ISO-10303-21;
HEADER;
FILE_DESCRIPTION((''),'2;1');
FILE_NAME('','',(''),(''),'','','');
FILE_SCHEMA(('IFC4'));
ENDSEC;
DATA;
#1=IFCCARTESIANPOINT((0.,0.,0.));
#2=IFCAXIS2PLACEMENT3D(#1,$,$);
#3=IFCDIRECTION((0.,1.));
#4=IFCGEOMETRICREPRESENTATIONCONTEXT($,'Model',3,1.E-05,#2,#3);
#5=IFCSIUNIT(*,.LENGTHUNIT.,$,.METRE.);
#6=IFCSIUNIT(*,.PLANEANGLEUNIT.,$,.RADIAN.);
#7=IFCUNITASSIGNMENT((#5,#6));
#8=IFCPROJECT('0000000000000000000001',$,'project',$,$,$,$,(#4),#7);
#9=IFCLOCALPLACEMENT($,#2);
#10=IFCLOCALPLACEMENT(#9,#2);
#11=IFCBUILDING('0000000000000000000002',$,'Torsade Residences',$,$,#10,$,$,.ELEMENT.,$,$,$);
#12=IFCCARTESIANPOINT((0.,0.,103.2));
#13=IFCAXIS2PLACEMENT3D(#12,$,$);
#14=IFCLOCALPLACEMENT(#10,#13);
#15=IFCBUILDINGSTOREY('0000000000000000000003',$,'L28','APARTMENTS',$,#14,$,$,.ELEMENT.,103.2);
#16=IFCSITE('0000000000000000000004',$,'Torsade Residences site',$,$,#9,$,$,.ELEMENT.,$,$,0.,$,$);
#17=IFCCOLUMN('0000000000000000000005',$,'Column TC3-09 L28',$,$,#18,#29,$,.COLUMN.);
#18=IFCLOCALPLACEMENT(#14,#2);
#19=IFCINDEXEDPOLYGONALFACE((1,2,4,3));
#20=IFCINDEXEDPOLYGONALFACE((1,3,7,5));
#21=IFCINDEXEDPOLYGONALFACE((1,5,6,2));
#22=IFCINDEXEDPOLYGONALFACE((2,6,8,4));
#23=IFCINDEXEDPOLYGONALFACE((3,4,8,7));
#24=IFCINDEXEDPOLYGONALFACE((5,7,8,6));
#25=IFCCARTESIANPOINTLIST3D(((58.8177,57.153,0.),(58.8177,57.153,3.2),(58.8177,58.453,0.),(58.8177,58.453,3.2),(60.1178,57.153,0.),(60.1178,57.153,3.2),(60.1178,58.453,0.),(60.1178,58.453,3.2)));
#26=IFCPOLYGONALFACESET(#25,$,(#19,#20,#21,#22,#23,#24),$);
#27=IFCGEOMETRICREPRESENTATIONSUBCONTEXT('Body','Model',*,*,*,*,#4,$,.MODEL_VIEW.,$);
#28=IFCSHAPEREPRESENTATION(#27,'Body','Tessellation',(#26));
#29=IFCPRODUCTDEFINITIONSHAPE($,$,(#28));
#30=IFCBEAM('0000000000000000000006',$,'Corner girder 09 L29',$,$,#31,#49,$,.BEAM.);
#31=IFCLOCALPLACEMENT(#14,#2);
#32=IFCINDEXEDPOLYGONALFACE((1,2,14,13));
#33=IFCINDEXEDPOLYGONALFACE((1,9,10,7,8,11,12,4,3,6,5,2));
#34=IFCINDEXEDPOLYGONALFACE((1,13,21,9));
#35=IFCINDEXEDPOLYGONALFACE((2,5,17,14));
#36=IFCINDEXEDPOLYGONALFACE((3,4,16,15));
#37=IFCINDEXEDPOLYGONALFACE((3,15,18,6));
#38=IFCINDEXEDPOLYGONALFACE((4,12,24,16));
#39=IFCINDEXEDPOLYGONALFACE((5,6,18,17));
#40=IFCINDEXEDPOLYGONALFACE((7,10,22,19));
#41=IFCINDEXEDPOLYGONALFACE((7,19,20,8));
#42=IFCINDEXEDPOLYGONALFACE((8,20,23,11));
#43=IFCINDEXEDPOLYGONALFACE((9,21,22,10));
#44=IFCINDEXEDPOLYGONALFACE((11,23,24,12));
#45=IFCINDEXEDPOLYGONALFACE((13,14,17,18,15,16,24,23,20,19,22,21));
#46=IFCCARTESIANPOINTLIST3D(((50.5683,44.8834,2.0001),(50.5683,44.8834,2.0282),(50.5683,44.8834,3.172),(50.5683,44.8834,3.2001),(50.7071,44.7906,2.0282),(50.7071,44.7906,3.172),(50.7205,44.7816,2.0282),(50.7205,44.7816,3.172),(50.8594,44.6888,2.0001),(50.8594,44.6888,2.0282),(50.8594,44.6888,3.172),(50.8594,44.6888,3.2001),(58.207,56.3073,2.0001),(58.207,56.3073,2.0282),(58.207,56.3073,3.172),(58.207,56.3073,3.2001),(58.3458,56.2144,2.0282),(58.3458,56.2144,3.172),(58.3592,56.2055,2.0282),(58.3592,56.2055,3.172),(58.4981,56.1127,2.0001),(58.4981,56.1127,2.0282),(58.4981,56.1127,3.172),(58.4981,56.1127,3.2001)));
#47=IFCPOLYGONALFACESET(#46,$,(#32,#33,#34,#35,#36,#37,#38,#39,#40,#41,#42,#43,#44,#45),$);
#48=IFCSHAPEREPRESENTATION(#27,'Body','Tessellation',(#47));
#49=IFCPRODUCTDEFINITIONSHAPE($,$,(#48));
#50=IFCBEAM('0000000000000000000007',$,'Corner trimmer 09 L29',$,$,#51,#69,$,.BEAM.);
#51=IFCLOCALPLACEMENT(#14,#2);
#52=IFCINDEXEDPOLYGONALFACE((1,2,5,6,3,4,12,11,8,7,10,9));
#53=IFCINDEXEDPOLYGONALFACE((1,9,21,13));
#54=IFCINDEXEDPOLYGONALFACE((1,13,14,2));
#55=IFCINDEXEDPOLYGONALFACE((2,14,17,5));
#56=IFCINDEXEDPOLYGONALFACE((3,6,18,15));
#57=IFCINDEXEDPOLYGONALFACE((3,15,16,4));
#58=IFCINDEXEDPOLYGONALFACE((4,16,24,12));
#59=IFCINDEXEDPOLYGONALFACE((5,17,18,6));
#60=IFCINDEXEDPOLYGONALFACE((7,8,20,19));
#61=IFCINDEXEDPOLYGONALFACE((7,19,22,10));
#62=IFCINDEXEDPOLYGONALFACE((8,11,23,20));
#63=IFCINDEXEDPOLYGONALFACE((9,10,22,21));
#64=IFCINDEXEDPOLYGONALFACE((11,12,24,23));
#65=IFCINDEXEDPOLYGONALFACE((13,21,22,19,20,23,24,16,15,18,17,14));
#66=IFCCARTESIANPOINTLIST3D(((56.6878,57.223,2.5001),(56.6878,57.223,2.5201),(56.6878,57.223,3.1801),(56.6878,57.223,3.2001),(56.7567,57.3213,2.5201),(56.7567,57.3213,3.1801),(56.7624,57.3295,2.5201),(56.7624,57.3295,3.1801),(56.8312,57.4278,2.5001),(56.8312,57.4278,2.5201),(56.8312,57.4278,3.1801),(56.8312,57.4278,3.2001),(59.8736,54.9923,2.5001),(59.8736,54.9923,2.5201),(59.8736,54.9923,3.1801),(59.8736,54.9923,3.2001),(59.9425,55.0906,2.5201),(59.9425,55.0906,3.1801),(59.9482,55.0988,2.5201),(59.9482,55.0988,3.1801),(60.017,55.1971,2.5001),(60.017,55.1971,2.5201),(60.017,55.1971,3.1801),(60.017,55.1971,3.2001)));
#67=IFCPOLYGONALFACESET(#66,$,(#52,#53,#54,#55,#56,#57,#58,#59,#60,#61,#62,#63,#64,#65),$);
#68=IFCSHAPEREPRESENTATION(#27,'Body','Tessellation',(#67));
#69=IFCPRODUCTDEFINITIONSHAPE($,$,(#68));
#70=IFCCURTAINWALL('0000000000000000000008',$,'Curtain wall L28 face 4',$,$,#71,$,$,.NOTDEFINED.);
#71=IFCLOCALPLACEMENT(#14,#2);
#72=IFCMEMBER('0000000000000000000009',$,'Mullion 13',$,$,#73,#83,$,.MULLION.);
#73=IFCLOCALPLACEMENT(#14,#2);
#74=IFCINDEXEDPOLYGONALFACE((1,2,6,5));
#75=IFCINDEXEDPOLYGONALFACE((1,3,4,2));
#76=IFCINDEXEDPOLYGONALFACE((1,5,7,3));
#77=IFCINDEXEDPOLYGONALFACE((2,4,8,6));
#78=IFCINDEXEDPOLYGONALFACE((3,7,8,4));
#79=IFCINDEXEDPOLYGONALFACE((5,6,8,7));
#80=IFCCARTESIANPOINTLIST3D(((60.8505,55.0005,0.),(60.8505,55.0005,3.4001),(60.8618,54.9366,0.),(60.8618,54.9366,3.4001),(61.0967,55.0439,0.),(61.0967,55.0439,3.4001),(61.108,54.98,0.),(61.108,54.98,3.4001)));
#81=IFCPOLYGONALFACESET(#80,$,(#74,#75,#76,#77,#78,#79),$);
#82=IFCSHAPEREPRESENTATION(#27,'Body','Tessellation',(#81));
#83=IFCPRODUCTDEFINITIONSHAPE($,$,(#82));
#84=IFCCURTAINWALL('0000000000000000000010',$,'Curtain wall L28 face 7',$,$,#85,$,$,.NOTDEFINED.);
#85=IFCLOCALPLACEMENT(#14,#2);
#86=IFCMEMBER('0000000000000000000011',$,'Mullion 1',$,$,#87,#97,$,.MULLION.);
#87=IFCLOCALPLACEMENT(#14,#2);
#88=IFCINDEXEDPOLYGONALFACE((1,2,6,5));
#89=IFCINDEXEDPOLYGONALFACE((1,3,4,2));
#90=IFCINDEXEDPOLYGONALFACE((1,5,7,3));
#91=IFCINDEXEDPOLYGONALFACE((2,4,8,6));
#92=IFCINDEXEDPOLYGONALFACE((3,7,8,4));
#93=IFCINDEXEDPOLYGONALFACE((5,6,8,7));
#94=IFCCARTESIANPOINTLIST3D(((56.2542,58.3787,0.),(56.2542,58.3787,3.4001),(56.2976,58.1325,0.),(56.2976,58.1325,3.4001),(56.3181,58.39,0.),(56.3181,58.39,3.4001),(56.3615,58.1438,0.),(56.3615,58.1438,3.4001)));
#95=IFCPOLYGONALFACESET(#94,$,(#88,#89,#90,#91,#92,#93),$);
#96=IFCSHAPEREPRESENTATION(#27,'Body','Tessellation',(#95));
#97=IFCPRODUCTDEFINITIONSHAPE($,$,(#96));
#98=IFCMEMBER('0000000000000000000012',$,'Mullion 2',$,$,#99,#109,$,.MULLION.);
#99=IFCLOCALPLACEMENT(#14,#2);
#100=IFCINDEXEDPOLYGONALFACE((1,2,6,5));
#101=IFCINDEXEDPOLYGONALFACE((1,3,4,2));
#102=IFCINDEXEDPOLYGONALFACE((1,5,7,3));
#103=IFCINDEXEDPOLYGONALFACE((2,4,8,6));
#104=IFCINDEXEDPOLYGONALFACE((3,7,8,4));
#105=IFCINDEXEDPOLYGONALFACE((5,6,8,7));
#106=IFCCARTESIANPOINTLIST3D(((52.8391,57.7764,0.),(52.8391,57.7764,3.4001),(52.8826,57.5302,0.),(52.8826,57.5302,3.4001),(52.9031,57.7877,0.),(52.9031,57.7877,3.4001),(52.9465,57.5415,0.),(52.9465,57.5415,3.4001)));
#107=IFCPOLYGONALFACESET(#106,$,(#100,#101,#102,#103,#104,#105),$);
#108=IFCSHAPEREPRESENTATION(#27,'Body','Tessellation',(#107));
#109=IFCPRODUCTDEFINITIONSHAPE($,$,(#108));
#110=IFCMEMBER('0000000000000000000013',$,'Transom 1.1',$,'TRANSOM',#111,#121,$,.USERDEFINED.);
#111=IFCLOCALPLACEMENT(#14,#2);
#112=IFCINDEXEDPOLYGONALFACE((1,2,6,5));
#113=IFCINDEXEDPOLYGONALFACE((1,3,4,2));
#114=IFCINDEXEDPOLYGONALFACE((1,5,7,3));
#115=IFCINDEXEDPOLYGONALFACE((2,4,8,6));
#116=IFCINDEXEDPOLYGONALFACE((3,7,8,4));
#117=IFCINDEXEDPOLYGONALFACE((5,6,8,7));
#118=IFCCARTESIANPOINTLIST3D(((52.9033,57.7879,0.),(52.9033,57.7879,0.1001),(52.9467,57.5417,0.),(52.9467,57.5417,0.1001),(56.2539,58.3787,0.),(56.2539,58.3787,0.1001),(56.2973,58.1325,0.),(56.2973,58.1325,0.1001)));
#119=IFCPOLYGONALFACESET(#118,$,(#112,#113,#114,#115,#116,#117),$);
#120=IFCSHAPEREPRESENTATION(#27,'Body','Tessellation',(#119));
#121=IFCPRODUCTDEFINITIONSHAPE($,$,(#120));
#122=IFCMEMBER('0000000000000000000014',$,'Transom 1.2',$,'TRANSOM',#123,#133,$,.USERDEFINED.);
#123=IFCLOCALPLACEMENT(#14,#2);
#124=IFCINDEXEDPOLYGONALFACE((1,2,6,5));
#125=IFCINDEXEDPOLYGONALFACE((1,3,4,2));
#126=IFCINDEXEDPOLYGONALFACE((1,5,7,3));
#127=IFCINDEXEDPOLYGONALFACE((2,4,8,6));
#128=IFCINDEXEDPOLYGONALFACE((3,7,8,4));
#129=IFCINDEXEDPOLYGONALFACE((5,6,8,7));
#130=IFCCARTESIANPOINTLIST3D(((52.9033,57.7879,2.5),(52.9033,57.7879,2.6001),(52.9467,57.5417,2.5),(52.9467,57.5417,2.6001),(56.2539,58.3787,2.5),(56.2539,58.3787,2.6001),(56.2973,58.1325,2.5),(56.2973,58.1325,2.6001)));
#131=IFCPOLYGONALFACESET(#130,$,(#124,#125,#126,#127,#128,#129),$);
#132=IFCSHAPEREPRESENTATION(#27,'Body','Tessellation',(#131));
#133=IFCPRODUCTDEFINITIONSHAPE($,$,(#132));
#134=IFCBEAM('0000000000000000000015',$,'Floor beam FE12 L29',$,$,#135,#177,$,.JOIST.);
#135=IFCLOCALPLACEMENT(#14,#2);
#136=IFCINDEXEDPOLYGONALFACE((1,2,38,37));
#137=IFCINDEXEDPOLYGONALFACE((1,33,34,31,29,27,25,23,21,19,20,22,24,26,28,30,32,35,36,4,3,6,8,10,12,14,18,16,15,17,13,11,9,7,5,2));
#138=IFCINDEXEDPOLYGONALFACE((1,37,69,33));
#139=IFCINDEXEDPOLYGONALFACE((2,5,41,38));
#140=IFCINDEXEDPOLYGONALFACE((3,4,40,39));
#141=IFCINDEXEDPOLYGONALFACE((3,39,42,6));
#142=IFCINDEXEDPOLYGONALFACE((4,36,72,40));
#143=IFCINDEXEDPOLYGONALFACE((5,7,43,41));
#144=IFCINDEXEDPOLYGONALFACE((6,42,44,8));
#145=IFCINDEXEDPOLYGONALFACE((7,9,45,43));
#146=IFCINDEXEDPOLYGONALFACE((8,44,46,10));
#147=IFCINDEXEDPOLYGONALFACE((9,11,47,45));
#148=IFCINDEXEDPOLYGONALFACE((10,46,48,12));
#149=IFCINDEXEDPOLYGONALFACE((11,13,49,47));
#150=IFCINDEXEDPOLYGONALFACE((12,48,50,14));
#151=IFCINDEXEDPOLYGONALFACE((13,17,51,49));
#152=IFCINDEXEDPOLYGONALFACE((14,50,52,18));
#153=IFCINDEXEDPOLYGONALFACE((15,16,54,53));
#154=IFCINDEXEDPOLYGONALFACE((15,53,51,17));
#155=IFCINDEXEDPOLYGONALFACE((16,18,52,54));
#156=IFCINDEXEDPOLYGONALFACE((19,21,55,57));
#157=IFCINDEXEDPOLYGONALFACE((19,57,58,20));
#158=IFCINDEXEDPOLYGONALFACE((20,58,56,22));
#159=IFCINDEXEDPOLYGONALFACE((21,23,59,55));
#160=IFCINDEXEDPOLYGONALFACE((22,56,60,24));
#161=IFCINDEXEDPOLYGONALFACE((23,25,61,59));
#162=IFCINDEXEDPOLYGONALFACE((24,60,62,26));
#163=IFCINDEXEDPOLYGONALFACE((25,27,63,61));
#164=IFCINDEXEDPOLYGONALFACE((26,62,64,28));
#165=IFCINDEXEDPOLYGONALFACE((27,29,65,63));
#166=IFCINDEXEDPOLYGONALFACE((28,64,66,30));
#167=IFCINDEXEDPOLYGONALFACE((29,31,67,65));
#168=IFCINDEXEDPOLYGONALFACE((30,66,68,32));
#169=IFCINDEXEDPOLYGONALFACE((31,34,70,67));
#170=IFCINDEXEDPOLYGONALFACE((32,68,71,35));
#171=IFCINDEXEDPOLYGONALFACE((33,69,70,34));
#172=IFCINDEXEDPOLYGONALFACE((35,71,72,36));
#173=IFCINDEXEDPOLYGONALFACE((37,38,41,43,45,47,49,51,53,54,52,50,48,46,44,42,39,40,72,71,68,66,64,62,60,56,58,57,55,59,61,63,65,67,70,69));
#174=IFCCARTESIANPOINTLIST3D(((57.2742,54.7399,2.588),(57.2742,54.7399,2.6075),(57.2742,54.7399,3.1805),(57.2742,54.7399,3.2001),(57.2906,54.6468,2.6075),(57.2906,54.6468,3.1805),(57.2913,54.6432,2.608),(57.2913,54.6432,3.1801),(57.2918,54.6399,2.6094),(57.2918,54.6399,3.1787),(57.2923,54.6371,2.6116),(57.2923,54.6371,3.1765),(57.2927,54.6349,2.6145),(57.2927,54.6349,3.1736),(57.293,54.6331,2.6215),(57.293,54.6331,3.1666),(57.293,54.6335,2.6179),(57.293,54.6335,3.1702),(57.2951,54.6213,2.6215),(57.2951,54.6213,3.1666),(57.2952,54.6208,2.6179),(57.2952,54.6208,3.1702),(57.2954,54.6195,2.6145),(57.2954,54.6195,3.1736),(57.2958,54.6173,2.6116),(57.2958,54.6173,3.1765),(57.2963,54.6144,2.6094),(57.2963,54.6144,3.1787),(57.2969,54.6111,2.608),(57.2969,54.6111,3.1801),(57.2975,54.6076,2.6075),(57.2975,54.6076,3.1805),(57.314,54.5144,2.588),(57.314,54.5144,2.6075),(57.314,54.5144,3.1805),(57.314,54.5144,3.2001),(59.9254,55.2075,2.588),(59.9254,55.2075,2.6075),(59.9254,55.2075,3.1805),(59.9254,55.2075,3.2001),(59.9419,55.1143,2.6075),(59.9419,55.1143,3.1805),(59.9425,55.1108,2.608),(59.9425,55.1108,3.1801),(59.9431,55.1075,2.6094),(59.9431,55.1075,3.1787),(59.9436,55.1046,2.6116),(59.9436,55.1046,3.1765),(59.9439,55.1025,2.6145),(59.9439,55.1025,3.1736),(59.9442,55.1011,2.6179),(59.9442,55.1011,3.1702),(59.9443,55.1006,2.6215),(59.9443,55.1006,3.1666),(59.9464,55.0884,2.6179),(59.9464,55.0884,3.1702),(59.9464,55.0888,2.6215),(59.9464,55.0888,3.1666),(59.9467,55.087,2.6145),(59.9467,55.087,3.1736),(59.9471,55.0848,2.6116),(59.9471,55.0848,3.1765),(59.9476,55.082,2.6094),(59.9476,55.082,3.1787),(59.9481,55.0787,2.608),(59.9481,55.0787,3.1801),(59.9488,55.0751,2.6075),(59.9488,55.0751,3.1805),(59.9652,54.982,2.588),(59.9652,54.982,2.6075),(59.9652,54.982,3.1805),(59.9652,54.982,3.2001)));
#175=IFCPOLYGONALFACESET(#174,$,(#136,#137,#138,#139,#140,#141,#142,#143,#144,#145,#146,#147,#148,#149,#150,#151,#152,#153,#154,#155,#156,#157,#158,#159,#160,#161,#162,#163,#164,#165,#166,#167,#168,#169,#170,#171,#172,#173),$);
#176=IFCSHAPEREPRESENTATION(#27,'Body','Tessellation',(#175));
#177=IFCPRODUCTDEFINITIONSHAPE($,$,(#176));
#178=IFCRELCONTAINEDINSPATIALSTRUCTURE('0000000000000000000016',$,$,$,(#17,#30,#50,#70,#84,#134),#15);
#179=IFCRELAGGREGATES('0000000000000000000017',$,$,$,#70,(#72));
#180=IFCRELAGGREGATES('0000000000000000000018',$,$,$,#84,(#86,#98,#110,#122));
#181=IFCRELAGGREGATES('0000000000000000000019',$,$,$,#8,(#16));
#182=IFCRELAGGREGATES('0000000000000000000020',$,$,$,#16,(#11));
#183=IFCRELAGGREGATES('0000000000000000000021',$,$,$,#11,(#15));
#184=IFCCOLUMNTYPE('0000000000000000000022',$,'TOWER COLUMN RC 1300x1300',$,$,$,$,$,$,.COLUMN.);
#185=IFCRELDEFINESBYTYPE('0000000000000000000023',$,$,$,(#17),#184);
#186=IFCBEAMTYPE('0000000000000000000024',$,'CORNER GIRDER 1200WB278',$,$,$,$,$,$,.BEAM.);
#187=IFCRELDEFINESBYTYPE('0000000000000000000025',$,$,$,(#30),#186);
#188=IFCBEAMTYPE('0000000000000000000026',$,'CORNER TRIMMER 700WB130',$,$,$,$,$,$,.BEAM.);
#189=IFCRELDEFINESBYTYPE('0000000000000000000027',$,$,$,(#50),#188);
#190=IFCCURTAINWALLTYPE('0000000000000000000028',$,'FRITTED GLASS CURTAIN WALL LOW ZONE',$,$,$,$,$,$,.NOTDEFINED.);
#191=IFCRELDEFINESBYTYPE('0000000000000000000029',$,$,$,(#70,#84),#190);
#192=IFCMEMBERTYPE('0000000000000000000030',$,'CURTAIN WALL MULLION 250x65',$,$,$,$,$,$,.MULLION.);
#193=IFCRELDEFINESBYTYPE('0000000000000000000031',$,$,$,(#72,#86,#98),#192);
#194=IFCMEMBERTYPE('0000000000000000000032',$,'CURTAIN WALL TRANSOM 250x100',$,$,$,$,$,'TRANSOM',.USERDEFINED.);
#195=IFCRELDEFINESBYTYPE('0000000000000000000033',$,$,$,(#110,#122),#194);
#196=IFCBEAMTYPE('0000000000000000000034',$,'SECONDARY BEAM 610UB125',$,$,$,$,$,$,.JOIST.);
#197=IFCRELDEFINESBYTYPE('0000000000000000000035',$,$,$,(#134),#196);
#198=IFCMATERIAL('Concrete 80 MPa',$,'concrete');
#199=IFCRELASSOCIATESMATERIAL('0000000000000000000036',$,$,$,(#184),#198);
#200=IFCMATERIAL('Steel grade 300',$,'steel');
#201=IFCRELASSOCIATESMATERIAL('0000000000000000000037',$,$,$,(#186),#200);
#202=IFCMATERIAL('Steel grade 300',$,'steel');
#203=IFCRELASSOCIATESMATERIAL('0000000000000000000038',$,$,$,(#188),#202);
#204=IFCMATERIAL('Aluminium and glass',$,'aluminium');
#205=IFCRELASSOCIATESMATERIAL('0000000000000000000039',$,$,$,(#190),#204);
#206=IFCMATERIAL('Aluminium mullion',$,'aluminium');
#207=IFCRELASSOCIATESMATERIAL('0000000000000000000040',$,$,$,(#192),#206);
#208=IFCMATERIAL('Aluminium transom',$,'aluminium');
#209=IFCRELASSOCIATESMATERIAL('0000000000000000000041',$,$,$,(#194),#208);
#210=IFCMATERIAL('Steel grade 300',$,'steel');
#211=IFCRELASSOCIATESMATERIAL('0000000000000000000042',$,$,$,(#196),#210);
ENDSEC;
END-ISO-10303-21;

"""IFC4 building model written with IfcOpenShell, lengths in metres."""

from ifc_helpers import new_model, si_unit, direction, frame, origin, origin_2d, place, context, subcontext, project, spatial, rectangle, i_section, extrude, material, material_profile, profile_set, type_object, element, aggregate, save


model = new_model("IFC4")

# Units and contexts
model_context = context("Model", 3, precision=1e-05, world=origin(), true_north=direction((0.0, 1.0)))
body_context = subcontext(model_context, "Body", "Model", "MODEL_VIEW")
ifc_project = project(units=[si_unit("LENGTHUNIT", "METRE"), si_unit("PLANEANGLEUNIT", "RADIAN")], contexts=[model_context])

# Site, building, storey
site_placement = place(None, origin())
site = spatial("IfcSite", under=ifc_project, at=site_placement, Name="Torsade Residences site", CompositionType="ELEMENT", RefElevation=0.0)
building_placement = place(site_placement, origin())
building = spatial("IfcBuilding", under=site, at=building_placement, Name="Torsade Residences", CompositionType="ELEMENT")
storey_placement = place(building_placement, frame((0.0, 0.0, 103.2)))
storey = spatial("IfcBuildingStorey", under=building, at=storey_placement, Name="L28", Description="APARTMENTS", CompositionType="ELEMENT", Elevation=103.2)

# Column
ifc_material_1 = material(Name="Concrete 80 MPa", Category="concrete")
ifc_material_profile_1 = material_profile(ifc_material_1, rectangle(XDim=1.3, YDim=1.3, at=origin_2d()), Name="RC 1300x1300")
ifc_profile_set_1 = profile_set([ifc_material_profile_1], Name="Concrete 80 MPa")
column_type = type_object("IfcColumnType", Name="TOWER COLUMN RC 1300x1300", PredefinedType="COLUMN", material=ifc_profile_set_1)
column_placement = place(storey_placement, frame((59.4678, 57.803, 0.0), z_axis=(0.0, 0.0, 1.0), x_axis=(1.0, 0.0, 0.0)))
element("IfcColumn", 1, at=column_placement, inside=storey, type_object=column_type, Name="Column TC3-09 L28", PredefinedType="COLUMN", context=body_context, shape_type="SweptSolid", body=[
    extrude(rectangle(XDim=1.3, YDim=1.3, at=origin_2d()), origin(), (0.0, 0.0, 1.0), 3.2),
])

# Beams
ifc_material_2 = material(Name="Steel grade 300", Category="steel")
ifc_material_profile_2 = material_profile(ifc_material_2, i_section(OverallWidth=0.3501, OverallDepth=1.2, WebThickness=0.0161, FlangeThickness=0.0281, at=origin_2d()), Name="1200WB278")
ifc_profile_set_2 = profile_set([ifc_material_profile_2], Name="Steel grade 300")
beam_type_1 = type_object("IfcBeamType", Name="CORNER GIRDER 1200WB278", PredefinedType="BEAM", material=ifc_profile_set_2)
beam_1_placement = place(storey_placement, frame((58.3525, 56.21, 2.6001), z_axis=(-0.555848, -0.831284, 0.0), x_axis=(0.831284, -0.555848, 0.0)))
element("IfcBeam", 2, at=beam_1_placement, inside=storey, type_object=beam_type_1, Name="Corner girder 09 L29", PredefinedType="BEAM", context=body_context, shape_type="SweptSolid", body=[
    extrude(i_section(OverallWidth=0.3501, OverallDepth=1.2, WebThickness=0.0161, FlangeThickness=0.0281, at=origin_2d()), origin(), (0.0, 0.0, 1.0), 13.7424),
])
ifc_material_3 = material(Name="Steel grade 300", Category="steel")
ifc_material_profile_3 = material_profile(ifc_material_3, i_section(OverallWidth=0.25, OverallDepth=0.7, WebThickness=0.01, FlangeThickness=0.02, at=origin_2d()), Name="700WB130")
ifc_profile_set_3 = profile_set([ifc_material_profile_3], Name="Steel grade 300")
beam_type_2 = type_object("IfcBeamType", Name="CORNER TRIMMER 700WB130", PredefinedType="BEAM", material=ifc_profile_set_3)
beam_2_placement = place(storey_placement, frame((56.7595, 57.3254, 2.8501), z_axis=(0.819152, -0.573576, 0.0), x_axis=(0.573576, 0.819152, 0.0)))
element("IfcBeam", 3, at=beam_2_placement, inside=storey, type_object=beam_type_2, Name="Corner trimmer 09 L29", PredefinedType="BEAM", context=body_context, shape_type="SweptSolid", body=[
    extrude(i_section(OverallWidth=0.25, OverallDepth=0.7, WebThickness=0.01, FlangeThickness=0.02, at=origin_2d()), origin(), (0.0, 0.0, 1.0), 3.8892),
])

# Curtain wall, member
ifc_material_4 = material(Name="Aluminium and glass", Category="aluminium")
curtain_wall_type = type_object("IfcCurtainWallType", Name="FRITTED GLASS CURTAIN WALL LOW ZONE", PredefinedType="NOTDEFINED", material=ifc_material_4)
curtain_wall_1_placement = place(storey_placement, origin())
curtain_wall_1 = element("IfcCurtainWall", 4, at=curtain_wall_1_placement, inside=storey, type_object=curtain_wall_type, Name="Curtain wall L28 face 4", PredefinedType="NOTDEFINED")
ifc_material_5 = material(Name="Aluminium mullion", Category="aluminium")
ifc_material_profile_4 = material_profile(ifc_material_5, rectangle(XDim=0.25, YDim=0.0649, at=origin_2d()), Name="CURTAIN WALL MULLION 250x65")
ifc_profile_set_4 = profile_set([ifc_material_profile_4], Name="Aluminium mullion")
member_type_1 = type_object("IfcMemberType", Name="CURTAIN WALL MULLION 250x65", PredefinedType="MULLION", material=ifc_profile_set_4)
member_1_placement = place(storey_placement, frame((60.9792, 54.9902, 0.0), z_axis=(0.0, 0.0, 1.0), x_axis=(-0.984808, -0.173648, 0.0)))
member_1 = element("IfcMember", 5, at=member_1_placement, type_object=member_type_1, Name="Mullion 13", PredefinedType="MULLION", context=body_context, shape_type="SweptSolid", body=[
    extrude(rectangle(XDim=0.25, YDim=0.0649, at=origin_2d()), origin(), (0.0, 0.0, 1.0), 3.4001),
])
aggregate(curtain_wall_1, [member_1])

# Curtain wall, members
curtain_wall_2_placement = place(storey_placement, origin())
curtain_wall_2 = element("IfcCurtainWall", 6, at=curtain_wall_2_placement, inside=storey, type_object=curtain_wall_type, Name="Curtain wall L28 face 7", PredefinedType="NOTDEFINED")
member_2_placement = place(storey_placement, frame((56.3079, 58.2612, 0.0), z_axis=(0.0, 0.0, 1.0), x_axis=(0.173648, -0.984808, 0.0)))
member_2 = element("IfcMember", 7, at=member_2_placement, type_object=member_type_1, Name="Mullion 1", PredefinedType="MULLION", context=body_context, shape_type="SweptSolid", body=[
    extrude(rectangle(XDim=0.25, YDim=0.0649, at=origin_2d()), origin(), (0.0, 0.0, 1.0), 3.4001),
])
member_3_placement = place(storey_placement, frame((52.8928, 57.6589, 0.0), z_axis=(0.0, 0.0, 1.0), x_axis=(0.173648, -0.984808, 0.0)))
member_3 = element("IfcMember", 8, at=member_3_placement, type_object=member_type_1, Name="Mullion 2", PredefinedType="MULLION", context=body_context, shape_type="SweptSolid", body=[
    extrude(rectangle(XDim=0.25, YDim=0.0649, at=origin_2d()), origin(), (0.0, 0.0, 1.0), 3.4001),
])
ifc_material_6 = material(Name="Aluminium transom", Category="aluminium")
ifc_material_profile_5 = material_profile(ifc_material_6, rectangle(XDim=0.25, YDim=0.1001, at=origin_2d()), Name="CURTAIN WALL TRANSOM 250x100")
ifc_profile_set_5 = profile_set([ifc_material_profile_5], Name="Aluminium transom")
member_type_2 = type_object("IfcMemberType", Name="CURTAIN WALL TRANSOM 250x100", ElementType="TRANSOM", PredefinedType="USERDEFINED", material=ifc_profile_set_5)
member_4_placement = place(storey_placement, frame((56.2756, 58.2556, 0.05), z_axis=(-0.984807, -0.173654, 0.0), x_axis=(0.173654, -0.984807, 0.0)))
member_4 = element("IfcMember", 9, at=member_4_placement, type_object=member_type_2, Name="Transom 1.1", ObjectType="TRANSOM", PredefinedType="USERDEFINED", context=body_context, shape_type="SweptSolid", body=[
    extrude(rectangle(XDim=0.25, YDim=0.1001, at=origin_2d()), origin(), (0.0, 0.0, 1.0), 3.4023),
])
member_5_placement = place(storey_placement, frame((56.2756, 58.2556, 2.55), z_axis=(-0.984807, -0.173654, 0.0), x_axis=(0.173654, -0.984807, 0.0)))
member_5 = element("IfcMember", 10, at=member_5_placement, type_object=member_type_2, Name="Transom 1.2", ObjectType="TRANSOM", PredefinedType="USERDEFINED", context=body_context, shape_type="SweptSolid", body=[
    extrude(rectangle(XDim=0.25, YDim=0.1001, at=origin_2d()), origin(), (0.0, 0.0, 1.0), 3.4023),
])

# Beam
ifc_material_7 = material(Name="Steel grade 300", Category="steel")
ifc_material_profile_6 = material_profile(ifc_material_7, i_section(OverallWidth=0.229, OverallDepth=0.6121, WebThickness=0.012, FlangeThickness=0.0195, FilletRadius=0.0139, at=origin_2d()), Name="610UB125")
ifc_profile_set_6 = profile_set([ifc_material_profile_6], Name="Steel grade 300")
beam_type_3 = type_object("IfcBeamType", Name="SECONDARY BEAM 610UB125", PredefinedType="JOIST", material=ifc_profile_set_6)
beam_3_placement = place(storey_placement, frame((59.9453, 55.0947, 2.894), z_axis=(-0.984804, -0.173672, 0.0), x_axis=(0.173672, -0.984804, 0.0)))
element("IfcBeam", 11, at=beam_3_placement, inside=storey, type_object=beam_type_3, Name="Floor beam FE12 L29", PredefinedType="JOIST", context=body_context, shape_type="SweptSolid", body=[
    extrude(i_section(OverallWidth=0.229, OverallDepth=0.6121, WebThickness=0.012, FlangeThickness=0.0195, FilletRadius=0.0139, at=origin_2d()), origin(), (0.0, 0.0, 1.0), 2.6921),
])

aggregate(curtain_wall_2, [member_2, member_3, member_4, member_5])

save(model, "model.ifc")
